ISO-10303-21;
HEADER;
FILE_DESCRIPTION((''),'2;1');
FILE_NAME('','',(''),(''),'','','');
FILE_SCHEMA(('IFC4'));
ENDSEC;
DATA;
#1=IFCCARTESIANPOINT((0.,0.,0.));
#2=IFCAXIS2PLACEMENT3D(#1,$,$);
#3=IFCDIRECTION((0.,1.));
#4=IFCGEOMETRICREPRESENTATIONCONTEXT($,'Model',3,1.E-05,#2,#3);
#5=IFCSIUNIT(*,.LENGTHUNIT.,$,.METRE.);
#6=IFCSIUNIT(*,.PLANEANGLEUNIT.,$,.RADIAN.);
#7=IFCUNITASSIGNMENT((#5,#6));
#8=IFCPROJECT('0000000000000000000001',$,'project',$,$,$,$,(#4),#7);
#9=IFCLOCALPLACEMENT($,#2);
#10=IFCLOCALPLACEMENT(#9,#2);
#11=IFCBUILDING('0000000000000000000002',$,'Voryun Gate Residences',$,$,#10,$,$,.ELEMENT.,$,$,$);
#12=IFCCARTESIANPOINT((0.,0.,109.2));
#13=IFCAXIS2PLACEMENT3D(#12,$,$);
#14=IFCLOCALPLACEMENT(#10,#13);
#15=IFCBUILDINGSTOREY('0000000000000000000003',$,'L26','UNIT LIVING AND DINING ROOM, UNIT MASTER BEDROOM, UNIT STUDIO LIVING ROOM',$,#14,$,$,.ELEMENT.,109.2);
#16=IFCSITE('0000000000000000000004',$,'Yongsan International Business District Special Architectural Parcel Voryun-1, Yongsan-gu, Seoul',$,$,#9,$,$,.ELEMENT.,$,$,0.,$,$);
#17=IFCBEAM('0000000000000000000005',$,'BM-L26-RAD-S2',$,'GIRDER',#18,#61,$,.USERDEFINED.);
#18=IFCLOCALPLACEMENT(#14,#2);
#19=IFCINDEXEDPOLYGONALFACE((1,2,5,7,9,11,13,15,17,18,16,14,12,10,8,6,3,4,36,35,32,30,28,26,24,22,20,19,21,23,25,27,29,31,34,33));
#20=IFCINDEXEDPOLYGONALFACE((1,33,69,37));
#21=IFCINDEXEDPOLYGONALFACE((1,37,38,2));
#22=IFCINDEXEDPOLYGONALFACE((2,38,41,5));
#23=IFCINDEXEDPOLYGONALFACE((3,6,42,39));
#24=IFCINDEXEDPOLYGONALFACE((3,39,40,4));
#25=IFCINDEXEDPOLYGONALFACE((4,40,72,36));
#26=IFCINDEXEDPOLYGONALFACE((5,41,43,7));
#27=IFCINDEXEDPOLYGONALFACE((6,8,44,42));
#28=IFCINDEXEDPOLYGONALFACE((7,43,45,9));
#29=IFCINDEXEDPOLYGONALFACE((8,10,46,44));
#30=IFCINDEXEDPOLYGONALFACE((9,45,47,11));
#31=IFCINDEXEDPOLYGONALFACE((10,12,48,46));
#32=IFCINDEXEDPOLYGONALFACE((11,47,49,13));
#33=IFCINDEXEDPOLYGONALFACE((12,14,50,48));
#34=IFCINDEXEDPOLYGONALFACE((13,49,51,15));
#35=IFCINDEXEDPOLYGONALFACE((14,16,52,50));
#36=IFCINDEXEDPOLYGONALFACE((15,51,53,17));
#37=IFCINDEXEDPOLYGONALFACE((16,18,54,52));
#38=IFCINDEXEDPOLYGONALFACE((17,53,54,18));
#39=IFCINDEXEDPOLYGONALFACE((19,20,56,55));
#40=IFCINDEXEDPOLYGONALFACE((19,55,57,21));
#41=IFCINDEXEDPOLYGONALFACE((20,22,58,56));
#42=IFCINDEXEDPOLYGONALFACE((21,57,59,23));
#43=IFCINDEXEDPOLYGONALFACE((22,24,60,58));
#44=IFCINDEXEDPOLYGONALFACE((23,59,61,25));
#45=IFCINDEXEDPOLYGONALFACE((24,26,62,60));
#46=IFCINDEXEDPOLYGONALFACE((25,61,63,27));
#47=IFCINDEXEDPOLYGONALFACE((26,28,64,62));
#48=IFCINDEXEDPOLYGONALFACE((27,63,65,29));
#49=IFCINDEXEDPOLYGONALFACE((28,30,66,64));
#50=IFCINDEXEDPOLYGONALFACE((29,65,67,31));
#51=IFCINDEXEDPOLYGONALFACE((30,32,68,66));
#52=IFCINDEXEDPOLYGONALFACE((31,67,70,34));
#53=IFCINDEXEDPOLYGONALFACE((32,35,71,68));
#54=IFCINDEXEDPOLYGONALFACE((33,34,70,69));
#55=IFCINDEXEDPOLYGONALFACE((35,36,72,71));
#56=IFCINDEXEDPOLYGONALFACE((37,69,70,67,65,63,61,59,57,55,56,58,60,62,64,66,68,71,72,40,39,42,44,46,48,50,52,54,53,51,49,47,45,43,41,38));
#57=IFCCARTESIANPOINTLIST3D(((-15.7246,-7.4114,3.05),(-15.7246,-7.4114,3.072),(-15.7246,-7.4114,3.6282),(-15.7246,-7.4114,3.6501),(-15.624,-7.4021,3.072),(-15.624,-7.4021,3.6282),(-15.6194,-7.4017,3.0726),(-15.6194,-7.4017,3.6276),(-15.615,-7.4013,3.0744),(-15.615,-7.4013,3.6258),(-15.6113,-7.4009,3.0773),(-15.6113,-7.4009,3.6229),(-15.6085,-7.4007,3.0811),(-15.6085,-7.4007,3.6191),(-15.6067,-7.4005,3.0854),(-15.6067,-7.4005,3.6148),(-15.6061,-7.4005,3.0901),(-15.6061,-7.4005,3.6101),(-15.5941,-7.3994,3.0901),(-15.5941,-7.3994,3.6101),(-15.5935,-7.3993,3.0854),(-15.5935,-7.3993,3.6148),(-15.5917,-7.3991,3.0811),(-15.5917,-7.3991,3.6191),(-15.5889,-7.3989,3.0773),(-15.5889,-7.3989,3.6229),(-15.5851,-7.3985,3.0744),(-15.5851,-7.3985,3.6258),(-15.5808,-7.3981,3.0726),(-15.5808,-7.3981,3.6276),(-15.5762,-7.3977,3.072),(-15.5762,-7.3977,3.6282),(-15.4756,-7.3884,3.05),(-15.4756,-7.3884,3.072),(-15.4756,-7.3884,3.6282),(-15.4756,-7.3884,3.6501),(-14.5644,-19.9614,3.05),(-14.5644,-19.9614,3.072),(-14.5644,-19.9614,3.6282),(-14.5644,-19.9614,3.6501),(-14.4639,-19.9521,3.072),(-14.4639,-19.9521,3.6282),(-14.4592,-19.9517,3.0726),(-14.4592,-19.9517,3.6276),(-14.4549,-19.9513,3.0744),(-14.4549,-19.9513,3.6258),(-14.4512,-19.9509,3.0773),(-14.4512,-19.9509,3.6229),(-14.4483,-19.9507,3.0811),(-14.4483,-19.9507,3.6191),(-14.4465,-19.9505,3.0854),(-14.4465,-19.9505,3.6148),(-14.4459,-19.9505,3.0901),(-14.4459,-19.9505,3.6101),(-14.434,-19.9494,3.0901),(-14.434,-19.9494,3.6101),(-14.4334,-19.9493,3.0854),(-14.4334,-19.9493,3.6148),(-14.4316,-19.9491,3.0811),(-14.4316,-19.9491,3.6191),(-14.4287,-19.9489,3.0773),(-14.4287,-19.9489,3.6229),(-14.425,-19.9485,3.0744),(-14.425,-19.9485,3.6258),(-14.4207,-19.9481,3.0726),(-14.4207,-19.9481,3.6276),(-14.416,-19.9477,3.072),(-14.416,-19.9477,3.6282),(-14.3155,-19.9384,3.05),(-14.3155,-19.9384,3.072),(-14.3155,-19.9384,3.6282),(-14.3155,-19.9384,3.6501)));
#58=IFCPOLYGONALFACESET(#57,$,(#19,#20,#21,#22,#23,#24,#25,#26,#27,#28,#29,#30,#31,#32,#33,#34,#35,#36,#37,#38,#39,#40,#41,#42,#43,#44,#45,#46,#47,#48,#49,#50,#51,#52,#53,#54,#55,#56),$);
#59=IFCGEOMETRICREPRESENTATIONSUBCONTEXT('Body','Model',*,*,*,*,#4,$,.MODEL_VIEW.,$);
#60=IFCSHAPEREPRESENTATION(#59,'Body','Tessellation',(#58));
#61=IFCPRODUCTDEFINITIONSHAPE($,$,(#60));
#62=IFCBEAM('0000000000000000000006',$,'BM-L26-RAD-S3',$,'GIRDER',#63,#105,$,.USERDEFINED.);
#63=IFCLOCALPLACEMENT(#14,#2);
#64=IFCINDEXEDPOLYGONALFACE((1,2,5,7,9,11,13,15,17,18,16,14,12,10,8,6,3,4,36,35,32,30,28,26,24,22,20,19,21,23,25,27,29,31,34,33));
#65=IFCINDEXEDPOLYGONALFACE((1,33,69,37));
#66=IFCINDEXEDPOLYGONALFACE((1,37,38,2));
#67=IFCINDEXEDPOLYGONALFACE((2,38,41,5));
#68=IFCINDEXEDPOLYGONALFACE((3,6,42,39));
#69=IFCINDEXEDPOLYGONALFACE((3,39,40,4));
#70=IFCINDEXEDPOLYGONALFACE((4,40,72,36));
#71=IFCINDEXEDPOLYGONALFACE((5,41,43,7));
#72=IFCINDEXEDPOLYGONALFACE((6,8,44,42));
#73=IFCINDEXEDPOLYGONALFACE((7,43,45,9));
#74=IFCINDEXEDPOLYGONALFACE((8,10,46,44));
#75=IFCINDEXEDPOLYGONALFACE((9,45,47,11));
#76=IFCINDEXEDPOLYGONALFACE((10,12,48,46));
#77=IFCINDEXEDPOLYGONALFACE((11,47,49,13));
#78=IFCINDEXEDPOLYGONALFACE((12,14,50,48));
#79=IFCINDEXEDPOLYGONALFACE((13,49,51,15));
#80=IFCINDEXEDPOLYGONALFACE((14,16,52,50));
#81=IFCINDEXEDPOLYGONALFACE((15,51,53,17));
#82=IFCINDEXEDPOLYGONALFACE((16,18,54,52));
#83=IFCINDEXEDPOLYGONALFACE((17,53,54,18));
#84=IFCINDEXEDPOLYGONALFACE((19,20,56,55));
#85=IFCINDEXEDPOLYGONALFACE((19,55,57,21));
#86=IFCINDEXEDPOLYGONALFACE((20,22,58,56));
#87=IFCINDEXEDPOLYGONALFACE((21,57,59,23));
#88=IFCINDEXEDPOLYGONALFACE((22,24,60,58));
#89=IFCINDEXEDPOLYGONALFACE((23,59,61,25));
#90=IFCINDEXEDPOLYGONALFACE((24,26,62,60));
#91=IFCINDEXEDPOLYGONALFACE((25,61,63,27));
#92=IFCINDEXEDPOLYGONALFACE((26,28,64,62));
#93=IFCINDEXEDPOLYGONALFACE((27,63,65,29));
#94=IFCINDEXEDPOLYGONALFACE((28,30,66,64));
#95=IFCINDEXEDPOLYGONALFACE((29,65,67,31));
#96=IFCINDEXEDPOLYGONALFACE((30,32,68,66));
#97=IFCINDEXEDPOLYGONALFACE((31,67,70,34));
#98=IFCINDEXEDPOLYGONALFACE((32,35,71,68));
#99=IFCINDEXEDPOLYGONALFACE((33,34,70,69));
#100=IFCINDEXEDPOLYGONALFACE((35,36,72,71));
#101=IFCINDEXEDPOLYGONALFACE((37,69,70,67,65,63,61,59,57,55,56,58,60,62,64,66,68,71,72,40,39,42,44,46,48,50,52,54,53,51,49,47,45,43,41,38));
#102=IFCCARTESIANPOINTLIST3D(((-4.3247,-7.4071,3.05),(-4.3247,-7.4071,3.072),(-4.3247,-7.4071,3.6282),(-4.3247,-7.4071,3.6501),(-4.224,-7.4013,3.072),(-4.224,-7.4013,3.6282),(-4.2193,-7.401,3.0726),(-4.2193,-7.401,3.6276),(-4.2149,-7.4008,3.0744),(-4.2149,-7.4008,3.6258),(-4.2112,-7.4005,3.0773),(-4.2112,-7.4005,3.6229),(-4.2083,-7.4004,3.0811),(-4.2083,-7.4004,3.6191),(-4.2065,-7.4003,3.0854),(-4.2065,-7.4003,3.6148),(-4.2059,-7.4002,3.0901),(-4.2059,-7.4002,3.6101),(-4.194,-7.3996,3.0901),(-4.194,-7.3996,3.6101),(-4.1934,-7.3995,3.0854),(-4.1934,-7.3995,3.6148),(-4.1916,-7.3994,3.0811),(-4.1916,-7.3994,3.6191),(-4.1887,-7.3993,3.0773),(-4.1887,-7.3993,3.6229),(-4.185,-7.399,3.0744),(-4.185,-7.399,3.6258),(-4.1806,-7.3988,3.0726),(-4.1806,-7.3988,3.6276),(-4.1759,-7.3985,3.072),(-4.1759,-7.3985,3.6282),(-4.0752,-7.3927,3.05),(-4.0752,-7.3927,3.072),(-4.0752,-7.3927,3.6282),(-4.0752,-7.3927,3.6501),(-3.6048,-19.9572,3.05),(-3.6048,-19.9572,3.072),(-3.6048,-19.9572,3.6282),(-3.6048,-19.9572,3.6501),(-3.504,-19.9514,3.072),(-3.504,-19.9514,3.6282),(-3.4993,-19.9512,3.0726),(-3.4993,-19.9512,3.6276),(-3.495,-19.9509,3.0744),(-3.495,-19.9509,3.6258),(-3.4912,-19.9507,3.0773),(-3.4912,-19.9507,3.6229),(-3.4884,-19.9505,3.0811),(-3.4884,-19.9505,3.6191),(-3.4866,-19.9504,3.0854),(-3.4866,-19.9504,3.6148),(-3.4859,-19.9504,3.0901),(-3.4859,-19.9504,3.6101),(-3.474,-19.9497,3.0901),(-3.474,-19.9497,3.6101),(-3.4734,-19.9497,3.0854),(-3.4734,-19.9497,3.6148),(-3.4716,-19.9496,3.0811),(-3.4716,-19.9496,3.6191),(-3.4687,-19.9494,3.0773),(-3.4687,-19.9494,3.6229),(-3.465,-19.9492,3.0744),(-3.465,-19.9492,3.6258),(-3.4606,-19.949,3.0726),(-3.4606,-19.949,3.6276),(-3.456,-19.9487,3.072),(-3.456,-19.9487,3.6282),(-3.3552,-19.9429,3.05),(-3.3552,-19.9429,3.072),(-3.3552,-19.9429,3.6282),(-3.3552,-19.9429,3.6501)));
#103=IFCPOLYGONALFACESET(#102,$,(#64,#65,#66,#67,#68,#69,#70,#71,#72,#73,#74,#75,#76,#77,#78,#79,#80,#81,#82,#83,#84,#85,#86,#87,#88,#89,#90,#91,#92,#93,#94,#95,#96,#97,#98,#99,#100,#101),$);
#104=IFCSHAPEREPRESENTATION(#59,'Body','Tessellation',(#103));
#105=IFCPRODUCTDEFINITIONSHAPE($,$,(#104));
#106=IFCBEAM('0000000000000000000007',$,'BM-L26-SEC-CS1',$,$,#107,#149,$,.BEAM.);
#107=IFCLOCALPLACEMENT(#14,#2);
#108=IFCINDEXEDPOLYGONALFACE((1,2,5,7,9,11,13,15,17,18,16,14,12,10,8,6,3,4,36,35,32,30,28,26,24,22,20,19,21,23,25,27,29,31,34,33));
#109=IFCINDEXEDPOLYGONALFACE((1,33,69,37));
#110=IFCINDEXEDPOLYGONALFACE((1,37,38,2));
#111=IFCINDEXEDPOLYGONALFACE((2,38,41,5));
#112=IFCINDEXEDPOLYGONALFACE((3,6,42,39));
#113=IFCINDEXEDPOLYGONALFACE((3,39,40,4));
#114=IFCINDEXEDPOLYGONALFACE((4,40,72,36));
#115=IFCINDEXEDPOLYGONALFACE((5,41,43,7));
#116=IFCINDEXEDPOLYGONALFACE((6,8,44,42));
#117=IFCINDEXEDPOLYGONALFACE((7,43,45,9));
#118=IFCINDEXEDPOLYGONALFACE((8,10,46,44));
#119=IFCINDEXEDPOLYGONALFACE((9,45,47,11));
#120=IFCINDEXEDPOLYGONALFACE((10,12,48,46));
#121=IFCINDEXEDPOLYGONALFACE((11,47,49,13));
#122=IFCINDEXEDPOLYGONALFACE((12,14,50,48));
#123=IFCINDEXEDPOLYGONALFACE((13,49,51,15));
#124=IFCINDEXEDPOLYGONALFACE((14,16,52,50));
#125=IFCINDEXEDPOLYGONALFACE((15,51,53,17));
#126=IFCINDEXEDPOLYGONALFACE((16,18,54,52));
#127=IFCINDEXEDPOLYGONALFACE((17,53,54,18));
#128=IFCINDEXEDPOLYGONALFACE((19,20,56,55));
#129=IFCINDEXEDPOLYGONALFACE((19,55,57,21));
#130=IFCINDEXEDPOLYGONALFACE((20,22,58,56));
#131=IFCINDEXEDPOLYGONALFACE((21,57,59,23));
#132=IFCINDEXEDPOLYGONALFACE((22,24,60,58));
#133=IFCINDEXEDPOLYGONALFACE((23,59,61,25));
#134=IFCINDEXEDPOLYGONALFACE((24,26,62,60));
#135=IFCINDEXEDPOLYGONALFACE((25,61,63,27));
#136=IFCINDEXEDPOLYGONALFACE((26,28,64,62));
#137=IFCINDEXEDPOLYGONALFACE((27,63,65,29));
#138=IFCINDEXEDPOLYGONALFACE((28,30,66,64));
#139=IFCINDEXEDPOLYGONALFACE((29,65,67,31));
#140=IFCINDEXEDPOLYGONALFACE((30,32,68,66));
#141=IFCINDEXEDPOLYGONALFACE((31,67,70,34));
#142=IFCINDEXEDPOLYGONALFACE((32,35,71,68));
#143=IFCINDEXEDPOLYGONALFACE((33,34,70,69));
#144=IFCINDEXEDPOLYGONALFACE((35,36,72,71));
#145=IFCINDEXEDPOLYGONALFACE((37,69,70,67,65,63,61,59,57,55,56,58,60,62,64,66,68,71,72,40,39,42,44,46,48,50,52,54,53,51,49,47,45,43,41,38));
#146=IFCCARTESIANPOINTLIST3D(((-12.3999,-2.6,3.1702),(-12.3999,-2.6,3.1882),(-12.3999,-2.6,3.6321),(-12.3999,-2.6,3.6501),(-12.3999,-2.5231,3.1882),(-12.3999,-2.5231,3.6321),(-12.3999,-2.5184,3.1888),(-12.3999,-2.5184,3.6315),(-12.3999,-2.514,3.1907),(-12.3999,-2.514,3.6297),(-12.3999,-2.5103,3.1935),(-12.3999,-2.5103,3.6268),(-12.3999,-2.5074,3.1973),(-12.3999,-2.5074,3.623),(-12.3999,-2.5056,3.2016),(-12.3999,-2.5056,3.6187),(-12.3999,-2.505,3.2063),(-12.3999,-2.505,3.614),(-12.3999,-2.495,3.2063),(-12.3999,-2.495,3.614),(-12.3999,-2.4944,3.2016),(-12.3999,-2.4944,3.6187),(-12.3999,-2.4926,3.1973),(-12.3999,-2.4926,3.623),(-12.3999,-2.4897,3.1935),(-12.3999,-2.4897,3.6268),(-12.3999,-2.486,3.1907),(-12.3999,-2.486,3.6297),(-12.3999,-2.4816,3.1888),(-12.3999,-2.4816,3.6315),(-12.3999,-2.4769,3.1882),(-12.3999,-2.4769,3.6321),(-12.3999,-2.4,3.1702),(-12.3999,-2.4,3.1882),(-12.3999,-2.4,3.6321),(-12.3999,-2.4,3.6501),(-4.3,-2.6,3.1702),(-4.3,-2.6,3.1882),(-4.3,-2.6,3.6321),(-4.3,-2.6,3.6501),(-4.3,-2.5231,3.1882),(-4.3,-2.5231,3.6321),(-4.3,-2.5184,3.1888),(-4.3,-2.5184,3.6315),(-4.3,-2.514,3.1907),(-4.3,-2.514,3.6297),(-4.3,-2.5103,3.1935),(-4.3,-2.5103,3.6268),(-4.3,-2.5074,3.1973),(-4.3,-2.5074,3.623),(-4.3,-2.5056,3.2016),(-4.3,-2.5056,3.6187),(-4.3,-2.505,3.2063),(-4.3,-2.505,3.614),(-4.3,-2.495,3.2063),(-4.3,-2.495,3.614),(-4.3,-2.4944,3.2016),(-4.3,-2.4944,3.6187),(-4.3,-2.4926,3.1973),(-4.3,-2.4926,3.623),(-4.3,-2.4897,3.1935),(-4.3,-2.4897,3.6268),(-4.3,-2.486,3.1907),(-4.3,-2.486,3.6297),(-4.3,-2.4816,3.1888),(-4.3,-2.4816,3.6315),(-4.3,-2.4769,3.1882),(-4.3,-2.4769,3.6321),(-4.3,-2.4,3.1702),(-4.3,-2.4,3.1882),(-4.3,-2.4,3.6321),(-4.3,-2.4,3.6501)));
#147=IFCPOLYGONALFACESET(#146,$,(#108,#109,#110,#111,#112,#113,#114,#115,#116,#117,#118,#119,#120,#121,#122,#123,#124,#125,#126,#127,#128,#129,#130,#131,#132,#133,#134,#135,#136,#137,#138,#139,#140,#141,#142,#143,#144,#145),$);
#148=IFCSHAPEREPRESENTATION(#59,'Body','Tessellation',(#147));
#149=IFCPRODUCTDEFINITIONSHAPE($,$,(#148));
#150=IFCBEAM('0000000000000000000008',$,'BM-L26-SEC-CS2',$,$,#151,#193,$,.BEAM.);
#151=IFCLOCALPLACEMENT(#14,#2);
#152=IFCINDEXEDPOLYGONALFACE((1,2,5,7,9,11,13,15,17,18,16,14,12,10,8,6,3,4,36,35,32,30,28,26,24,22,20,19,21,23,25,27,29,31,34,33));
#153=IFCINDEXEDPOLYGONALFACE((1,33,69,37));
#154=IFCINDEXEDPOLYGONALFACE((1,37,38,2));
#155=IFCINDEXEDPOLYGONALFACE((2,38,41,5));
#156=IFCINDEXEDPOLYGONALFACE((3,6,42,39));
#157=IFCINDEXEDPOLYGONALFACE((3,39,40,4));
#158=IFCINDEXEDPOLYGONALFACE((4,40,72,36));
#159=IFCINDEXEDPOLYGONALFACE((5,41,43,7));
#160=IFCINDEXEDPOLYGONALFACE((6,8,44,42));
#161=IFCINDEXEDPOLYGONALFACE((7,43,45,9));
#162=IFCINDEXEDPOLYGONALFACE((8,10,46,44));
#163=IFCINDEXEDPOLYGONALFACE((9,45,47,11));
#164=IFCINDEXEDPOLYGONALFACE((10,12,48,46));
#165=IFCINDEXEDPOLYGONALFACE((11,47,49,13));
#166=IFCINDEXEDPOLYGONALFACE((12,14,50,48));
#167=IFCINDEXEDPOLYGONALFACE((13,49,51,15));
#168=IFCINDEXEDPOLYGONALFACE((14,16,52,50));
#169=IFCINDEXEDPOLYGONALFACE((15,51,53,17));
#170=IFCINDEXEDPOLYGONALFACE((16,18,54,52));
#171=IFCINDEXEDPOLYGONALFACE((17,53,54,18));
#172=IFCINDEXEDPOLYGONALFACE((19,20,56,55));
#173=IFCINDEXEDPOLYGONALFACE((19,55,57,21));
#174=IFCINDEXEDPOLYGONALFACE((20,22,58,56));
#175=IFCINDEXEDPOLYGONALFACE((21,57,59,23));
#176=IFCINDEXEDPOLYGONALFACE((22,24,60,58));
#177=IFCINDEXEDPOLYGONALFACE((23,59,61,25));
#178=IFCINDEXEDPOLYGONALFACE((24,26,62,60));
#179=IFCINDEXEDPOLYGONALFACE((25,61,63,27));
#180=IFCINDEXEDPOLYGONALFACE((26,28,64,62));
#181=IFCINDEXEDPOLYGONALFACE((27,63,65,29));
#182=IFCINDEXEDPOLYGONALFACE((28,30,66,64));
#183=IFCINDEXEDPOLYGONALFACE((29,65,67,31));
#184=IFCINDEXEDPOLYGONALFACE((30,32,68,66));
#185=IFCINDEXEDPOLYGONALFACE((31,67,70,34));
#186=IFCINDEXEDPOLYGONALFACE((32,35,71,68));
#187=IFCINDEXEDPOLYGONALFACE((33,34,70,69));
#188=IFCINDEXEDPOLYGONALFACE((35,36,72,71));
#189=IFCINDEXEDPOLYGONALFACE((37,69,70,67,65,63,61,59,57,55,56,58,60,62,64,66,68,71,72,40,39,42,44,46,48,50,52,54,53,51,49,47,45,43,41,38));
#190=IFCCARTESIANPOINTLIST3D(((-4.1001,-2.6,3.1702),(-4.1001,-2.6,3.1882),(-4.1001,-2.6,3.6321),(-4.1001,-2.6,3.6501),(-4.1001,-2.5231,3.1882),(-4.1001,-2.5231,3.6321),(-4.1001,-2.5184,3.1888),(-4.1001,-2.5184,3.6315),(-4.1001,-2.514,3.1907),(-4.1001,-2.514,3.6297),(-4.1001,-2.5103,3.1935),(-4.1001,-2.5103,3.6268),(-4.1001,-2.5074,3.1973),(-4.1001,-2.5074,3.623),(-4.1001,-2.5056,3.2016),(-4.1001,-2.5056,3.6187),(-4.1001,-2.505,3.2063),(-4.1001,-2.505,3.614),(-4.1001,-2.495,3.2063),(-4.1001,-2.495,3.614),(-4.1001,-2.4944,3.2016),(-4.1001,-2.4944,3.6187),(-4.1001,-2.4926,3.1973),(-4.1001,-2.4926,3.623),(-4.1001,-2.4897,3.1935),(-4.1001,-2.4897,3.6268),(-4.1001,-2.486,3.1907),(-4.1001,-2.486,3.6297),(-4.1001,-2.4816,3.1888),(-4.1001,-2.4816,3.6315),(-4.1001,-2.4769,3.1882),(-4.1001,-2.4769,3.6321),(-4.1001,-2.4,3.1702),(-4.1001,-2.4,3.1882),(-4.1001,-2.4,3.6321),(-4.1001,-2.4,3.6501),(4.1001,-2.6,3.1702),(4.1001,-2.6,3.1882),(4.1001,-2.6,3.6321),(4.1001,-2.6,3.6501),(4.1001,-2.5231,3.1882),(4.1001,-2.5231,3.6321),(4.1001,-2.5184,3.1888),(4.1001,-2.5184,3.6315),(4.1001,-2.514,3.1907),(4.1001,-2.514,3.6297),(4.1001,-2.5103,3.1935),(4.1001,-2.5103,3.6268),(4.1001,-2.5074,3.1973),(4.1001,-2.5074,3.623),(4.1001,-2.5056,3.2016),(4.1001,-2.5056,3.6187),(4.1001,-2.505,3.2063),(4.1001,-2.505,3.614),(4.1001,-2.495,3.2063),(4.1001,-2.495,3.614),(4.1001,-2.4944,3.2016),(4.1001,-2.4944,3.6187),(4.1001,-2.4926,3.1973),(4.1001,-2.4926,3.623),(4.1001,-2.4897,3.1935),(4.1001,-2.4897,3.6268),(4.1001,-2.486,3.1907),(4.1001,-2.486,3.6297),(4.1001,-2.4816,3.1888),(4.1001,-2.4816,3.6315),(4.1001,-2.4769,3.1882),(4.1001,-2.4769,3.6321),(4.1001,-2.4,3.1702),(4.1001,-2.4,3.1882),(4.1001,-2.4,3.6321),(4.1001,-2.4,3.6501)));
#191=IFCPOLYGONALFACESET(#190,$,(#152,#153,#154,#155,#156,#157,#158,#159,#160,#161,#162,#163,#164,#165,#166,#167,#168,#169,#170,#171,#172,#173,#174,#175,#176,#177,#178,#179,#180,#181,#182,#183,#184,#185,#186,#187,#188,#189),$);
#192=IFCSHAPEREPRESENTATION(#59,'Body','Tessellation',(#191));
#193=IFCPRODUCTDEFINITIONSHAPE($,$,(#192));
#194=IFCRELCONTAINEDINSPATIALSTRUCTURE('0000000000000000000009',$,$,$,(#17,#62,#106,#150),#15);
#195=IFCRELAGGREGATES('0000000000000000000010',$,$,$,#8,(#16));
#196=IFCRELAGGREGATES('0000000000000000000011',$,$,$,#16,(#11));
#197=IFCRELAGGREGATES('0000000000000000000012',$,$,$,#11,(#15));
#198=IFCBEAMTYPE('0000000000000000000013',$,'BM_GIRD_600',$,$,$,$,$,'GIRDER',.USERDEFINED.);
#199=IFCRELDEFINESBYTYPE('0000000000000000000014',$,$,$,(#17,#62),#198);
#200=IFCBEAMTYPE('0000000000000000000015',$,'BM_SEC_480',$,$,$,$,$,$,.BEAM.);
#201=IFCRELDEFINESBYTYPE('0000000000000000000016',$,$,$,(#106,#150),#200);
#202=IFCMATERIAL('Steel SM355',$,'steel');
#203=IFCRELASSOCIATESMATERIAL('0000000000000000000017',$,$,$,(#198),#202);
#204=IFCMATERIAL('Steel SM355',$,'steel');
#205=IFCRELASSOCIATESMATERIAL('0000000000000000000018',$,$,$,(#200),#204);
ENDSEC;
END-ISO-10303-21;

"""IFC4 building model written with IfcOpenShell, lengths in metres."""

from ifc_helpers import new_model, si_unit, direction, frame, origin, origin_2d, place, context, subcontext, project, spatial, i_section, extrude, material, material_profile, profile_set, type_object, element, save


model = new_model("IFC4")

# Units and contexts
model_context = context("Model", 3, precision=1e-05, world=origin(), true_north=direction((0.0, 1.0)))
body_context = subcontext(model_context, "Body", "Model", "MODEL_VIEW")
ifc_project = project(units=[si_unit("LENGTHUNIT", "METRE"), si_unit("PLANEANGLEUNIT", "RADIAN")], contexts=[model_context])

# Site, building, storey
site_placement = place(None, origin())
site = spatial("IfcSite", under=ifc_project, at=site_placement, Name="Yongsan International Business District Special Architectural Parcel Voryun-1, Yongsan-gu, Seoul", CompositionType="ELEMENT", RefElevation=0.0)
building_placement = place(site_placement, origin())
building = spatial("IfcBuilding", under=site, at=building_placement, Name="Voryun Gate Residences", CompositionType="ELEMENT")
storey_placement = place(building_placement, frame((0.0, 0.0, 109.2)))
storey = spatial("IfcBuildingStorey", under=building, at=storey_placement, Name="L26", Description="UNIT LIVING AND DINING ROOM, UNIT MASTER BEDROOM, UNIT STUDIO LIVING ROOM", CompositionType="ELEMENT", Elevation=109.2)

# Beams
ifc_material_1 = material(Name="Steel SM355", Category="steel")
ifc_material_profile_1 = material_profile(ifc_material_1, i_section(OverallWidth=0.25, OverallDepth=0.6001, WebThickness=0.012, FlangeThickness=0.022, FilletRadius=0.0181, at=origin_2d()), Name="H-600x250x12x22")
ifc_profile_set_1 = profile_set([ifc_material_profile_1], Name="Steel SM355")
beam_type_1 = type_object("IfcBeamType", Name="BM_GIRD_600", ElementType="GIRDER", PredefinedType="USERDEFINED", material=ifc_profile_set_1)
beam_1_placement = place(storey_placement, frame((-15.6001, -7.3999, 3.3501), z_axis=(0.09205, -0.995754, 0.0), x_axis=(0.995754, 0.09205, 0.0)))
element("IfcBeam", 1, at=beam_1_placement, inside=storey, type_object=beam_type_1, Name="BM-L26-RAD-S2", ObjectType="GIRDER", PredefinedType="USERDEFINED", context=body_context, shape_type="SweptSolid", body=[
    extrude(i_section(OverallWidth=0.25, OverallDepth=0.6001, WebThickness=0.012, FlangeThickness=0.022, FilletRadius=0.0181, at=origin_2d()), origin(), (0.0, 0.0, 1.0), 12.6035),
])
beam_2_placement = place(storey_placement, frame((-4.2, -7.3999, 3.3501), z_axis=(0.057274, -0.998359, 0.0), x_axis=(0.998359, 0.057274, 0.0)))
element("IfcBeam", 2, at=beam_2_placement, inside=storey, type_object=beam_type_1, Name="BM-L26-RAD-S3", ObjectType="GIRDER", PredefinedType="USERDEFINED", context=body_context, shape_type="SweptSolid", body=[
    extrude(i_section(OverallWidth=0.25, OverallDepth=0.6001, WebThickness=0.012, FlangeThickness=0.022, FilletRadius=0.0181, at=origin_2d()), origin(), (0.0, 0.0, 1.0), 12.5708),
])
ifc_material_2 = material(Name="Steel SM355", Category="steel")
ifc_material_profile_2 = material_profile(ifc_material_2, i_section(OverallWidth=0.2, OverallDepth=0.48, WebThickness=0.01, FlangeThickness=0.0181, FilletRadius=0.0181, at=origin_2d()), Name="H-480x200x10x18")
ifc_profile_set_2 = profile_set([ifc_material_profile_2], Name="Steel SM355")
beam_type_2 = type_object("IfcBeamType", Name="BM_SEC_480", PredefinedType="BEAM", material=ifc_profile_set_2)
beam_3_placement = place(storey_placement, frame((-12.3999, -2.5, 3.4102), z_axis=(1.0, 0.0, 0.0), x_axis=(0.0, 1.0, 0.0)))
element("IfcBeam", 3, at=beam_3_placement, inside=storey, type_object=beam_type_2, Name="BM-L26-SEC-CS1", PredefinedType="BEAM", context=body_context, shape_type="SweptSolid", body=[
    extrude(i_section(OverallWidth=0.2, OverallDepth=0.48, WebThickness=0.01, FlangeThickness=0.0181, FilletRadius=0.0181, at=origin_2d()), origin(), (0.0, 0.0, 1.0), 8.0999),
])
beam_4_placement = place(storey_placement, frame((-4.1001, -2.5, 3.4102), z_axis=(1.0, 0.0, 0.0), x_axis=(0.0, 1.0, 0.0)))
element("IfcBeam", 4, at=beam_4_placement, inside=storey, type_object=beam_type_2, Name="BM-L26-SEC-CS2", PredefinedType="BEAM", context=body_context, shape_type="SweptSolid", body=[
    extrude(i_section(OverallWidth=0.2, OverallDepth=0.48, WebThickness=0.01, FlangeThickness=0.0181, FilletRadius=0.0181, at=origin_2d()), origin(), (0.0, 0.0, 1.0), 8.2002),
])

save(model, "model.ifc")
